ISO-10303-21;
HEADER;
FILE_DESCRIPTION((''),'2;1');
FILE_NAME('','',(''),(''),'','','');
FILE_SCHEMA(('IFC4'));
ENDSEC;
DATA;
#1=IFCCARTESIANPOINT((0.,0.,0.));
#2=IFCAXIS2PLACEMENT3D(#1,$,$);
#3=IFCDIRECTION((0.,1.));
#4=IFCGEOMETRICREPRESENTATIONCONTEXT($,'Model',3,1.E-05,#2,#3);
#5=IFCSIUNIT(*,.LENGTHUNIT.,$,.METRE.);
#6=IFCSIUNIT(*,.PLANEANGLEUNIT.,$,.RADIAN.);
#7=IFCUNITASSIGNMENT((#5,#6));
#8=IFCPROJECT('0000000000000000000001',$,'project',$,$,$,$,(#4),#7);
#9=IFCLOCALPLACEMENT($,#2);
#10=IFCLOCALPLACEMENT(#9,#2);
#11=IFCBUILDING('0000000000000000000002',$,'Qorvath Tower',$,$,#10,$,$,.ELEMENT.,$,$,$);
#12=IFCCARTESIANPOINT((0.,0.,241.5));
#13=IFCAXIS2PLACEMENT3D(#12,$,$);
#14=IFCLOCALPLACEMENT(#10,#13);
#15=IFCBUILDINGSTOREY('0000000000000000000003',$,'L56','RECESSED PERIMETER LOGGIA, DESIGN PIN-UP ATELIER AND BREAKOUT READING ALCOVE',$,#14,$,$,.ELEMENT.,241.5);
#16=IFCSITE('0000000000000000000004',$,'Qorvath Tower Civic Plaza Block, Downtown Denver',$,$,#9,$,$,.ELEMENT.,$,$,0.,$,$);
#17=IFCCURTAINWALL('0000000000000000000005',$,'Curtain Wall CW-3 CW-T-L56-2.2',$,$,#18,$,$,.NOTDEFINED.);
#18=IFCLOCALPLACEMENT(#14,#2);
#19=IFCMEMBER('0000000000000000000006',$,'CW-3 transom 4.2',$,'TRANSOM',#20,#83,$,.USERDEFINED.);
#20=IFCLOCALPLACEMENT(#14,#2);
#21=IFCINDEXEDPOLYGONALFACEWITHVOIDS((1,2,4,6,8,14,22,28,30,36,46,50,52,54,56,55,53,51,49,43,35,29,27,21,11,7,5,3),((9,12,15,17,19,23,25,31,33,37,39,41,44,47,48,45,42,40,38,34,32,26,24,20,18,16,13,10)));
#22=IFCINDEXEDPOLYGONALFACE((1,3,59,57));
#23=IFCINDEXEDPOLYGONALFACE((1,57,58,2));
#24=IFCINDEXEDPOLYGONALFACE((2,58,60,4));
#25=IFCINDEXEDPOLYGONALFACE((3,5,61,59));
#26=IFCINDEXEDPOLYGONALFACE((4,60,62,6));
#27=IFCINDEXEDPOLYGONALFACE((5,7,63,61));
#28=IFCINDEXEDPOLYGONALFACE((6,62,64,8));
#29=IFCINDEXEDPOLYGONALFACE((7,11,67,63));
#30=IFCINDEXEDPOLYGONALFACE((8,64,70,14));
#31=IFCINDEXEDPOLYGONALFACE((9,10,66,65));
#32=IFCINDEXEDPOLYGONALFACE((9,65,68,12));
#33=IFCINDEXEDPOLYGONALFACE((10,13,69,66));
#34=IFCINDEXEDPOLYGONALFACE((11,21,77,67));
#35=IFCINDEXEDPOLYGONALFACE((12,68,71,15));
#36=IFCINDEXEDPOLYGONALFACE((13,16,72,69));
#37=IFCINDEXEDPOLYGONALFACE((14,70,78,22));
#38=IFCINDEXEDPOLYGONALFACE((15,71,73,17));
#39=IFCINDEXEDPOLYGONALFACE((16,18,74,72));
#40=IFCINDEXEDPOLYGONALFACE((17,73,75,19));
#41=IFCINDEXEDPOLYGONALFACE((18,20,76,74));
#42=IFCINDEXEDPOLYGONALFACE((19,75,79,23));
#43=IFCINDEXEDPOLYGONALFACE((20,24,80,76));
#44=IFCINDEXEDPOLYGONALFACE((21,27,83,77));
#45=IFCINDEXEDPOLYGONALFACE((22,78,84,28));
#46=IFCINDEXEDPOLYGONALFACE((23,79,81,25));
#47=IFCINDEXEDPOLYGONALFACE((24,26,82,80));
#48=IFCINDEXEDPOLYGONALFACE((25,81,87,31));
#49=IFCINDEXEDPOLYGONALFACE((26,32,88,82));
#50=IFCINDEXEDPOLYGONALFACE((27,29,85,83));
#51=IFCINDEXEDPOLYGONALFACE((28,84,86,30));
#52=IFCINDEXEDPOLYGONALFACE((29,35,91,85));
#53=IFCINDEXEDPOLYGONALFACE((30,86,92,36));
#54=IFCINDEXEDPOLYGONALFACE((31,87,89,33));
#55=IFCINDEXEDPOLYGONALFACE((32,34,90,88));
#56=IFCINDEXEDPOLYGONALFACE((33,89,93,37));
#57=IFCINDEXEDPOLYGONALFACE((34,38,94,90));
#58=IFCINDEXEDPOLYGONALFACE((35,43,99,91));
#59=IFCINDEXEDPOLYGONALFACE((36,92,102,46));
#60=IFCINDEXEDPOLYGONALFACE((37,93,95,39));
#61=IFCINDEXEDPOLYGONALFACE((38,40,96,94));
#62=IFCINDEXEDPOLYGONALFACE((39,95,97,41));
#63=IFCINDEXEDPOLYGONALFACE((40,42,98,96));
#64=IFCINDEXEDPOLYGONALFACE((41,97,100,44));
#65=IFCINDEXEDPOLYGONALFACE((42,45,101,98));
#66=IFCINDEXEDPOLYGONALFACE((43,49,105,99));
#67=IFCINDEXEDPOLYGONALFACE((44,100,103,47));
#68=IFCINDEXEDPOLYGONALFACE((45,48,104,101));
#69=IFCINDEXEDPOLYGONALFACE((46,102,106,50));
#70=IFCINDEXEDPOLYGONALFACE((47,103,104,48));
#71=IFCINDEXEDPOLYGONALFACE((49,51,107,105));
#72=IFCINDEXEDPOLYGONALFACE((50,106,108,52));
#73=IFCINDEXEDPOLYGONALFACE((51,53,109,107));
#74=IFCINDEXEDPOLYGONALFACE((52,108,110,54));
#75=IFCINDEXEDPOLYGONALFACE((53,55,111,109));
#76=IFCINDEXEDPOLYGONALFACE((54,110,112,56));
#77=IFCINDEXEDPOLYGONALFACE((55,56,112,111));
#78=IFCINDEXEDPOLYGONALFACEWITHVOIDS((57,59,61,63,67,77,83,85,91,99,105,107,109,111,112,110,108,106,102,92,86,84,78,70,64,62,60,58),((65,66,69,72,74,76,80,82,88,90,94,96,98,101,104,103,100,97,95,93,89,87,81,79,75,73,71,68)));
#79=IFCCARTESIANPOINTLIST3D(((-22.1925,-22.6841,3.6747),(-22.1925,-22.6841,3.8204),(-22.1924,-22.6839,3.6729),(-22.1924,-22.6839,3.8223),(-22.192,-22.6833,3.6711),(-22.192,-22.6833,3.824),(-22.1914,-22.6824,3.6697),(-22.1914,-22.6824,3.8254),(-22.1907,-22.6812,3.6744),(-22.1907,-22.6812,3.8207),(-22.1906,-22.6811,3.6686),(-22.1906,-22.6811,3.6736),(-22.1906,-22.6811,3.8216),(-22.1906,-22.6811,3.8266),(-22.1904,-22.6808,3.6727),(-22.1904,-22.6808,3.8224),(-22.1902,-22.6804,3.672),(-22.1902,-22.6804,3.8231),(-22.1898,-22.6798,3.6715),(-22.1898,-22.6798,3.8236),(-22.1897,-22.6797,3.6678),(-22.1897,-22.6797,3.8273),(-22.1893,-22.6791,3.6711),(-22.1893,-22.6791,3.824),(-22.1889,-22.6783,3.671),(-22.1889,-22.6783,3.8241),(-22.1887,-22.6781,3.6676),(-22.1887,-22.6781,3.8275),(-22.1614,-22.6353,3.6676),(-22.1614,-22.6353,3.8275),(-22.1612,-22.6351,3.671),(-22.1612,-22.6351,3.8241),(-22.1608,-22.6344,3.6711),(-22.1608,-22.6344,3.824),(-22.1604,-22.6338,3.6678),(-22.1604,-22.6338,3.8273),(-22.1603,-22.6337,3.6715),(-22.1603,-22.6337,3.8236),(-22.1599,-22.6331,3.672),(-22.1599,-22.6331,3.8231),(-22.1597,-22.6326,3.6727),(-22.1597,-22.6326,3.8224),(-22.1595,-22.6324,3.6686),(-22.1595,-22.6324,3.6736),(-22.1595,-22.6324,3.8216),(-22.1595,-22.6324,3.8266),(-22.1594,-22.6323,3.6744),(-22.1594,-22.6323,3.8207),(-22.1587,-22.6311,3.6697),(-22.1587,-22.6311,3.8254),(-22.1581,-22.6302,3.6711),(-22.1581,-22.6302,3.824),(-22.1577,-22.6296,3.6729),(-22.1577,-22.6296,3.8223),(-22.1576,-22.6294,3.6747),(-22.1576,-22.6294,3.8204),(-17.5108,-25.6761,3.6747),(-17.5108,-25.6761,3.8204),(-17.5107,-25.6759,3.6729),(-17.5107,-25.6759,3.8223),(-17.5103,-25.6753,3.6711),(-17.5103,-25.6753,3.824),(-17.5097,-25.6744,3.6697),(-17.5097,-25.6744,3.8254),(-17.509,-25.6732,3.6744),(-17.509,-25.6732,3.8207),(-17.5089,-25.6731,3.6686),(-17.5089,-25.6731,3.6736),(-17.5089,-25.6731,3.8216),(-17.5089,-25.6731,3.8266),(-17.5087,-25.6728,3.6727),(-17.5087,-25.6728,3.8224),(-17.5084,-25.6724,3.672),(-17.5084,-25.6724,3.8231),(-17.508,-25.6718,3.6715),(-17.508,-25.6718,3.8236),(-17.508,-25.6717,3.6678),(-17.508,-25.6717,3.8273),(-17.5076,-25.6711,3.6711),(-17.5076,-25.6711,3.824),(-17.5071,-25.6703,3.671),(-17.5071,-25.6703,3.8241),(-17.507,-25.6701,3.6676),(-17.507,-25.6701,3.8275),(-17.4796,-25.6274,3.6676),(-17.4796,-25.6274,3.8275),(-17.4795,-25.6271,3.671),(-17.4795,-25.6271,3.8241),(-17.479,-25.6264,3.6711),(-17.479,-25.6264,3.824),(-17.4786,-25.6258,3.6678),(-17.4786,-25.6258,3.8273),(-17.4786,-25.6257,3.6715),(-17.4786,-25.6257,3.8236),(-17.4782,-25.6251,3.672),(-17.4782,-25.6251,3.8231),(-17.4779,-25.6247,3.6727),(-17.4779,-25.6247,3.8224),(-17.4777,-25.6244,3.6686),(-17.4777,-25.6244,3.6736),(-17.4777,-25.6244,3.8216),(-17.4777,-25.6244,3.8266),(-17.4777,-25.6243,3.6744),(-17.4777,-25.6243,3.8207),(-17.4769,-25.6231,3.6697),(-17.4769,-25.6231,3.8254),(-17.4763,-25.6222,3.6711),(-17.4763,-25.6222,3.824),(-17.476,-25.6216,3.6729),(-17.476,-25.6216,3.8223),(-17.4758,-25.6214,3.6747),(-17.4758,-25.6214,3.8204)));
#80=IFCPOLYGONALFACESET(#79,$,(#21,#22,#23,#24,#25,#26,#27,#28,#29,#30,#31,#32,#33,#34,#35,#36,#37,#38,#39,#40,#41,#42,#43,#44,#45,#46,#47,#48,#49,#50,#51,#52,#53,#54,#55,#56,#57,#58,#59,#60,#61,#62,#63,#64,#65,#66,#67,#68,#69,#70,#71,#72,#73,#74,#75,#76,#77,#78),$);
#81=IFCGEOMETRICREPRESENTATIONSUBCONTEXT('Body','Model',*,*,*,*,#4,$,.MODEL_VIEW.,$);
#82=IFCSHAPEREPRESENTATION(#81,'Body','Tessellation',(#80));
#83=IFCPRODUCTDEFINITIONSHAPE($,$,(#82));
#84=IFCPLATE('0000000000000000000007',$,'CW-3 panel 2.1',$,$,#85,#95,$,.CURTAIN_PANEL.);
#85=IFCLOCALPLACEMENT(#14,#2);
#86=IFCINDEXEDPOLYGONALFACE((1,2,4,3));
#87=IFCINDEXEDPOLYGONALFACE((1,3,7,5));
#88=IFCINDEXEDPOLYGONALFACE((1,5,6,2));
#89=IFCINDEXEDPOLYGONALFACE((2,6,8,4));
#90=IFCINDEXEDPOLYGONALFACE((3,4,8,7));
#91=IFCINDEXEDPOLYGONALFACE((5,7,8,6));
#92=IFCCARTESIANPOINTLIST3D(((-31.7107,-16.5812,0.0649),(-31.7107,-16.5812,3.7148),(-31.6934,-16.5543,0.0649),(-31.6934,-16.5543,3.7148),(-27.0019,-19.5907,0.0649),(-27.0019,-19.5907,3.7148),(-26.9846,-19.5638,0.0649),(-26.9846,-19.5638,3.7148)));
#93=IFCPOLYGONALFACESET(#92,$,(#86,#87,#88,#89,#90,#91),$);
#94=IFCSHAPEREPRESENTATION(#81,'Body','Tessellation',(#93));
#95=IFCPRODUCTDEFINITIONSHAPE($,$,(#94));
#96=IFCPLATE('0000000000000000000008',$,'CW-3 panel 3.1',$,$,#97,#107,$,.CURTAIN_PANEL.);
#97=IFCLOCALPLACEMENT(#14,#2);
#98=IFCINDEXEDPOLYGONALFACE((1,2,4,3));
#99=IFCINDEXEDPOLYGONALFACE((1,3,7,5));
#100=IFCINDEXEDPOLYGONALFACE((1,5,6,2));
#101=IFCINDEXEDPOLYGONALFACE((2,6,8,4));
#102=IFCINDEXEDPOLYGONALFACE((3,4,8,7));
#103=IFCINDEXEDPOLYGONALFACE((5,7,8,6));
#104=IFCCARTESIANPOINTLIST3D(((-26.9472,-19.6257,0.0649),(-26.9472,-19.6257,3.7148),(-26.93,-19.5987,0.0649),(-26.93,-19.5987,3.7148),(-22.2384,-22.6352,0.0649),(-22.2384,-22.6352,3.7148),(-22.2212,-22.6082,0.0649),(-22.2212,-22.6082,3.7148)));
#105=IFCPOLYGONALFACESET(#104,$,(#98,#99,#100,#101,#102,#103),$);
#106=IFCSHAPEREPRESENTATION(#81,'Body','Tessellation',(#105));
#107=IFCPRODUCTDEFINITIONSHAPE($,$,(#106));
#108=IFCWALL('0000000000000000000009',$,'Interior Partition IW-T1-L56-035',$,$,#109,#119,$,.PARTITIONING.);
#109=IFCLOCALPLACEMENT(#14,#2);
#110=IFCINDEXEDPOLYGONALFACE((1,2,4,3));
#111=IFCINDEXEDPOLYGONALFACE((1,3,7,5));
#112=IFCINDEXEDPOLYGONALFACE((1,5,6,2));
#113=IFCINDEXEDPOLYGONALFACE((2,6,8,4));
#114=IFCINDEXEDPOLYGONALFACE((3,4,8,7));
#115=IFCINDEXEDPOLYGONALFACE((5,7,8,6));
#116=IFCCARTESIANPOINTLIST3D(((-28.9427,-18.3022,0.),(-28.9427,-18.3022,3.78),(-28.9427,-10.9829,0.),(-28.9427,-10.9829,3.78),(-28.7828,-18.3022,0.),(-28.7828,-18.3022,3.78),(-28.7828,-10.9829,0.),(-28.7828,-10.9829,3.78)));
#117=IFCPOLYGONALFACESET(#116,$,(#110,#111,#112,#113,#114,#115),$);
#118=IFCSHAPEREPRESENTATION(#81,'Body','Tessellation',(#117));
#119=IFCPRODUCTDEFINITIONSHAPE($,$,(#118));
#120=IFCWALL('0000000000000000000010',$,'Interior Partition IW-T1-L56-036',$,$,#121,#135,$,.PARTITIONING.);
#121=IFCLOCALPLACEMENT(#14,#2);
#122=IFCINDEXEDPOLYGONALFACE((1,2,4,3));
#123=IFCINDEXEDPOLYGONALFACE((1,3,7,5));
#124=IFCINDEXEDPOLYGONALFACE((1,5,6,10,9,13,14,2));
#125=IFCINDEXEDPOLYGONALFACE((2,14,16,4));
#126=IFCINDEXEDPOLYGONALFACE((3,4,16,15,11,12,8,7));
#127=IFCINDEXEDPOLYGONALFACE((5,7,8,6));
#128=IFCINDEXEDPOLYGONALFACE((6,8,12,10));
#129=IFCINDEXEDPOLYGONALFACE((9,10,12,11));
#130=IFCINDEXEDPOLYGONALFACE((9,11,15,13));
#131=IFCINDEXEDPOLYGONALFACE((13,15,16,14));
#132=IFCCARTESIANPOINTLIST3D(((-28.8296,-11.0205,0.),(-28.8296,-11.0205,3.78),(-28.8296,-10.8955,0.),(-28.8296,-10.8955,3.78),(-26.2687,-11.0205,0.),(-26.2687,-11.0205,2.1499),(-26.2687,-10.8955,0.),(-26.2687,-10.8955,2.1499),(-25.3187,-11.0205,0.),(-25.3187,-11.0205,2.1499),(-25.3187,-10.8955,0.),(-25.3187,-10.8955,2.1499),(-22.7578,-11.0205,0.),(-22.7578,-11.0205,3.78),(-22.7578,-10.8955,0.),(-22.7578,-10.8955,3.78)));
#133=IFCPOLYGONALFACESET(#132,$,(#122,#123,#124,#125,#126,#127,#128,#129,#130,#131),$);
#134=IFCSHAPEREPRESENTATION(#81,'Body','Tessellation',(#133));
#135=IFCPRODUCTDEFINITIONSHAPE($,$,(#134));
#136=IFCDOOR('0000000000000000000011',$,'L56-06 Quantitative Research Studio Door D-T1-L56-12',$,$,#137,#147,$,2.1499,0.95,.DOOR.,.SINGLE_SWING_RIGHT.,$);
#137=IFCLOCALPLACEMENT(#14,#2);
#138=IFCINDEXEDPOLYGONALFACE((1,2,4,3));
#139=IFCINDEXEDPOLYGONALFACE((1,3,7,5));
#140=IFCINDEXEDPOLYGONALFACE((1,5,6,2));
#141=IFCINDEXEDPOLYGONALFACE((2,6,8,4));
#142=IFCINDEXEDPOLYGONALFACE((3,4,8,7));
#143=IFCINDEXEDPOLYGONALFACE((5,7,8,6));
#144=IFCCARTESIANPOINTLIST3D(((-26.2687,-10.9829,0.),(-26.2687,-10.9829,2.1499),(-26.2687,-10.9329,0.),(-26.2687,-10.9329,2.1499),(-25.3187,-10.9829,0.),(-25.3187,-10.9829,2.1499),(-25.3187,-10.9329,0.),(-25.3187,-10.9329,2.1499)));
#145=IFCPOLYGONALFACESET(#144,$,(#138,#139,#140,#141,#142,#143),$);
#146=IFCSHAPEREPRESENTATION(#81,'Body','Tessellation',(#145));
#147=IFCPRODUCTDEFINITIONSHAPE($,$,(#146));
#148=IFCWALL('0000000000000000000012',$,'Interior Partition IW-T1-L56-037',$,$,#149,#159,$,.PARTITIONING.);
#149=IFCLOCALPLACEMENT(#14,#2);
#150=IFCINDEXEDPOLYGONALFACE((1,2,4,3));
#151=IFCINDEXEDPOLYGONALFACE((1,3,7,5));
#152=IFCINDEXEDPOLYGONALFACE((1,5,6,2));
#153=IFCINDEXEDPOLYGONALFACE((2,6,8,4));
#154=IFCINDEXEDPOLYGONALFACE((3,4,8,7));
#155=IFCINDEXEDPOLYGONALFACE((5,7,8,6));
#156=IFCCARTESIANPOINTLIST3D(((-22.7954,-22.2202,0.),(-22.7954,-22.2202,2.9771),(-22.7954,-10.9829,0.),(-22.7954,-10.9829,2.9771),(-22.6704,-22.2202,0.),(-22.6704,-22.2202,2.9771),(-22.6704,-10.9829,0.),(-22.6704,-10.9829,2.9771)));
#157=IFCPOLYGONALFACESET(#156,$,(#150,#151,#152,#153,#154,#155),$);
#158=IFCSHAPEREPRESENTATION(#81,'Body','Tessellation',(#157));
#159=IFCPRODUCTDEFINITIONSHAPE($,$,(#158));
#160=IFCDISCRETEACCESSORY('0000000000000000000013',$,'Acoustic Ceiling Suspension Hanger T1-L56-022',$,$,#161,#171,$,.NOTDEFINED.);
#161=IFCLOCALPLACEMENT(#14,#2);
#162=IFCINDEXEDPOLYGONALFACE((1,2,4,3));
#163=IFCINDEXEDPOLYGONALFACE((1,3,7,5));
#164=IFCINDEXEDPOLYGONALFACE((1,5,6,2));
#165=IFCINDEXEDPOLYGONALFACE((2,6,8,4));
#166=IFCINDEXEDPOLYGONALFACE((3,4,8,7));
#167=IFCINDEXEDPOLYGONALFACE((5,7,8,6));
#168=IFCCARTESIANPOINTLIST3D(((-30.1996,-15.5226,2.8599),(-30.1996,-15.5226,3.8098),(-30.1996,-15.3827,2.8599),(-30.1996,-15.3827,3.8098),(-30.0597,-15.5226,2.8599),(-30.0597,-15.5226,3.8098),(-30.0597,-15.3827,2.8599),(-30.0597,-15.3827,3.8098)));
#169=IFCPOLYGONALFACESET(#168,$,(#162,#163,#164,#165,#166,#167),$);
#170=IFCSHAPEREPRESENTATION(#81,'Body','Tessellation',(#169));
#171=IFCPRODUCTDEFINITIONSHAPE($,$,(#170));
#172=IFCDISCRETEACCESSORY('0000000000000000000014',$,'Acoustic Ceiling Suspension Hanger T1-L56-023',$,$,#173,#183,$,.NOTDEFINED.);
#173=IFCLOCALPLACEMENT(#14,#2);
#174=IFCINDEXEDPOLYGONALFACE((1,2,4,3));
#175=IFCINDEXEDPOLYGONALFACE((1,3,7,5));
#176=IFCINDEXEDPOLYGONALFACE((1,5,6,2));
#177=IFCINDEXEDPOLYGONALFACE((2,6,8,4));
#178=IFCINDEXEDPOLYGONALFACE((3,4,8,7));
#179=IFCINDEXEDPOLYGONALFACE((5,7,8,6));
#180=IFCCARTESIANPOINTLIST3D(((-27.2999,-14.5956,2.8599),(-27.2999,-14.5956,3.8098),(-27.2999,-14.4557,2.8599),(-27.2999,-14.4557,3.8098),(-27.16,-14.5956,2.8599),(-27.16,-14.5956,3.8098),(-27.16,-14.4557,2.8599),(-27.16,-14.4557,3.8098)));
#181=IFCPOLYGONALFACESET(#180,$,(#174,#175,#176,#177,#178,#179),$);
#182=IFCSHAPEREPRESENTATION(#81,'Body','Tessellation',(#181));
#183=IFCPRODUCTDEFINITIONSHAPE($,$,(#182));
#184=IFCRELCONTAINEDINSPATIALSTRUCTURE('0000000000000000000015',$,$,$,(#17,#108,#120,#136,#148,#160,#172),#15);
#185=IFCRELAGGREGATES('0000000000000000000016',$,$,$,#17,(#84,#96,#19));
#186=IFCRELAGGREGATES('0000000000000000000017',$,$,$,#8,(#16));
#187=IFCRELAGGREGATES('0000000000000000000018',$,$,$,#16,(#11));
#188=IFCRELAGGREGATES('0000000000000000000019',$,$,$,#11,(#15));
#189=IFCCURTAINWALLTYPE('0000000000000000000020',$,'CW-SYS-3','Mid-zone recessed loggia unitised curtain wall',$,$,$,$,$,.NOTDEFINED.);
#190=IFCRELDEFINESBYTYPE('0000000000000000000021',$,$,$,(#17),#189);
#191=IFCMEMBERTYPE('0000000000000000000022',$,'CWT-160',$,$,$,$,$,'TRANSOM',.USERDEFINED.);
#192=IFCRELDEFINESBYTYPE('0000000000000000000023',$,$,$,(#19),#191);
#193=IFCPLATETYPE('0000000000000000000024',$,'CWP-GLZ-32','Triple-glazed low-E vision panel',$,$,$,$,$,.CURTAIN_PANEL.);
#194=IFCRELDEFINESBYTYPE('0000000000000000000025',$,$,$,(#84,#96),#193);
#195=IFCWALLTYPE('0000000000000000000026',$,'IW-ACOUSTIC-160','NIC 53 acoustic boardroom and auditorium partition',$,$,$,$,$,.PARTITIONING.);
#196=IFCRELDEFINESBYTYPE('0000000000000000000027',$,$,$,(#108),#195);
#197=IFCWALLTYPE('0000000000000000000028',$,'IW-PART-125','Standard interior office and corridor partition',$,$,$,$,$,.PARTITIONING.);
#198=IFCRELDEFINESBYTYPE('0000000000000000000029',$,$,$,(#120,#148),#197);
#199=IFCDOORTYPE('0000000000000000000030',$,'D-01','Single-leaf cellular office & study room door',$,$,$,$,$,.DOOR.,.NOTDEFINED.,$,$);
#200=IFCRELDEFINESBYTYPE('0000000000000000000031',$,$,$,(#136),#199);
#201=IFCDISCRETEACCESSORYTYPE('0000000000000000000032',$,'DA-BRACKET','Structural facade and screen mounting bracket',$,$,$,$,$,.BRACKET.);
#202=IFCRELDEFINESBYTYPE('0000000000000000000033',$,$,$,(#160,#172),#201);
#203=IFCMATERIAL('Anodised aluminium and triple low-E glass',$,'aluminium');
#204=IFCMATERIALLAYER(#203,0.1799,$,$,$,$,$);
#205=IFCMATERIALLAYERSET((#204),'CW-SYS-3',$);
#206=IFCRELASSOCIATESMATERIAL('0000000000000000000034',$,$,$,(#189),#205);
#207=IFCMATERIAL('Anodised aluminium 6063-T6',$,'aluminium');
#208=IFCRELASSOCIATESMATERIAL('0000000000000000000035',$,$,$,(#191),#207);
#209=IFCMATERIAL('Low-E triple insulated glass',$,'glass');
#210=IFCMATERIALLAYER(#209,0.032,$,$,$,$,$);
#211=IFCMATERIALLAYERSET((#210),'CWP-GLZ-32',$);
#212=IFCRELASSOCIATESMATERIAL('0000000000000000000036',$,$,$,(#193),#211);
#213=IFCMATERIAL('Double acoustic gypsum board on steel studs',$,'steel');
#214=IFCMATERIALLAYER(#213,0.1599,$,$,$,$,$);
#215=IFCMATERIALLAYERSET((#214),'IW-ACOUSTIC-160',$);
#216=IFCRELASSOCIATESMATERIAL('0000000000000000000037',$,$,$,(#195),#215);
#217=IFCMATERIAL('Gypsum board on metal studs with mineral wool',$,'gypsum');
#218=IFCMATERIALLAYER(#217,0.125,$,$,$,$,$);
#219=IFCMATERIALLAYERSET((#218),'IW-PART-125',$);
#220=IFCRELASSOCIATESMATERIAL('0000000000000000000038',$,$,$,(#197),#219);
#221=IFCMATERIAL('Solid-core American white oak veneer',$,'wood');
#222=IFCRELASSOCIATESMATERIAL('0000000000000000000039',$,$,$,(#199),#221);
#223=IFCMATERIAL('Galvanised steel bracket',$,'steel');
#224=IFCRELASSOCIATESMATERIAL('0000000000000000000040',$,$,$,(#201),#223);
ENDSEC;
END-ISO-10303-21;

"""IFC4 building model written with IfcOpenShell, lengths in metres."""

from ifc_helpers import new_model, si_unit, direction, frame, frame_2d, origin, origin_2d, place, context, subcontext, project, spatial, rectangle, hollow_rectangle, extrude, material, layer, layer_set, material_profile, profile_set, type_object, element, fill, aggregate, save


model = new_model("IFC4")

# Units and contexts
model_context = context("Model", 3, precision=1e-05, world=origin(), true_north=direction((0.0, 1.0)))
body_context = subcontext(model_context, "Body", "Model", "MODEL_VIEW")
ifc_project = project(units=[si_unit("LENGTHUNIT", "METRE"), si_unit("PLANEANGLEUNIT", "RADIAN")], contexts=[model_context])

# Site, building, storey
site_placement = place(None, origin())
site = spatial("IfcSite", under=ifc_project, at=site_placement, Name="Qorvath Tower Civic Plaza Block, Downtown Denver", CompositionType="ELEMENT", RefElevation=0.0)
building_placement = place(site_placement, origin())
building = spatial("IfcBuilding", under=site, at=building_placement, Name="Qorvath Tower", CompositionType="ELEMENT")
storey_placement = place(building_placement, frame((0.0, 0.0, 241.5)))
storey = spatial("IfcBuildingStorey", under=building, at=storey_placement, Name="L56", Description="RECESSED PERIMETER LOGGIA, DESIGN PIN-UP ATELIER AND BREAKOUT READING ALCOVE", CompositionType="ELEMENT", Elevation=241.5)

# Curtain wall, member, plates
ifc_material_1 = material(Name="Anodised aluminium and triple low-E glass", Category="aluminium")
ifc_layer_1 = layer(ifc_material_1, 0.1799)
ifc_layer_set_1 = layer_set([ifc_layer_1], Name="CW-SYS-3")
curtain_wall_type = type_object("IfcCurtainWallType", Name="CW-SYS-3", Description="Mid-zone recessed loggia unitised curtain wall", PredefinedType="NOTDEFINED", material=ifc_layer_set_1)
curtain_wall_placement = place(storey_placement, origin())
curtain_wall = element("IfcCurtainWall", 1, at=curtain_wall_placement, inside=storey, type_object=curtain_wall_type, Name="Curtain Wall CW-3 CW-T-L56-2.2", PredefinedType="NOTDEFINED")
ifc_material_2 = material(Name="Anodised aluminium 6063-T6", Category="aluminium")
ifc_material_profile_1 = material_profile(ifc_material_2, hollow_rectangle(XDim=0.0649, YDim=0.1599, WallThickness=0.0034, InnerFilletRadius=0.0034, OuterFilletRadius=0.0071, at=origin_2d()), Name="CWT 160x65")
ifc_profile_set_1 = profile_set([ifc_material_profile_1], Name="Anodised aluminium 6063-T6")
member_type_1 = type_object("IfcMemberType", Name="CWT-160", ElementType="TRANSOM", PredefinedType="USERDEFINED", material=ifc_profile_set_1)
member_1_placement = place(storey_placement, frame((-22.175, -22.6567, 3.7476), z_axis=(0.842623, -0.538504, 0.0), x_axis=(0.538504, 0.842623, 0.0)))
member_1 = element("IfcMember", 2, at=member_1_placement, type_object=member_type_1, Name="CW-3 transom 4.2", ObjectType="TRANSOM", PredefinedType="USERDEFINED", context=body_context, shape_type="SweptSolid", body=[
    extrude(hollow_rectangle(XDim=0.0649, YDim=0.1599, WallThickness=0.0034, InnerFilletRadius=0.0034, OuterFilletRadius=0.0071, at=origin_2d()), origin(), (0.0, 0.0, 1.0), 5.5562),
])
ifc_material_3 = material(Name="Low-E triple insulated glass", Category="glass")
ifc_layer_2 = layer(ifc_material_3, 0.032)
ifc_layer_set_2 = layer_set([ifc_layer_2], Name="CWP-GLZ-32")
plate_type = type_object("IfcPlateType", Name="CWP-GLZ-32", Description="Triple-glazed low-E vision panel", PredefinedType="CURTAIN_PANEL", material=ifc_layer_set_2)
plate_1_placement = place(storey_placement, frame((-29.3477, -18.0725, 0.0649), z_axis=(0.0, 0.0, 1.0), x_axis=(0.842606, -0.53853, 0.0)))
plate_1 = element("IfcPlate", 3, at=plate_1_placement, type_object=plate_type, Name="CW-3 panel 2.1", PredefinedType="CURTAIN_PANEL", context=body_context, shape_type="SweptSolid", body=[
    extrude(rectangle(XDim=5.5884, YDim=0.032, at=origin_2d()), origin(), (0.0, 0.0, 1.0), 3.6499),
])
plate_2_placement = place(storey_placement, frame((-24.5842, -21.1169, 0.0649), z_axis=(0.0, 0.0, 1.0), x_axis=(0.842606, -0.53853, 0.0)))
plate_2 = element("IfcPlate", 4, at=plate_2_placement, type_object=plate_type, Name="CW-3 panel 3.1", PredefinedType="CURTAIN_PANEL", context=body_context, shape_type="SweptSolid", body=[
    extrude(rectangle(XDim=5.5884, YDim=0.032, at=origin_2d()), origin(), (0.0, 0.0, 1.0), 3.6499),
])
aggregate(curtain_wall, [plate_1, plate_2, member_1])

# Shared definitions
ifc_material_4 = material(Name="Double acoustic gypsum board on steel studs", Category="steel")
ifc_layer_3 = layer(ifc_material_4, 0.1599)
ifc_layer_set_3 = layer_set([ifc_layer_3], Name="IW-ACOUSTIC-160")
wall_type_1 = type_object("IfcWallType", Name="IW-ACOUSTIC-160", Description="NIC 53 acoustic boardroom and auditorium partition", PredefinedType="PARTITIONING", material=ifc_layer_set_3)

# Wall
wall_1_placement = place(storey_placement, frame((-28.8628, -18.3022, 0.0), z_axis=(0.0, 0.0, 1.0), x_axis=(0.0, 1.0, 0.0)))
element("IfcWall", 5, at=wall_1_placement, inside=storey, type_object=wall_type_1, Name="Interior Partition IW-T1-L56-035", PredefinedType="PARTITIONING", context=body_context, shape_type="SweptSolid", body=[
    extrude(rectangle(XDim=7.3193, YDim=0.1599, at=frame_2d((3.6597, 0.0))), origin(), (0.0, 0.0, 1.0), 3.78),
])

# Wall, opening, door
ifc_material_5 = material(Name="Gypsum board on metal studs with mineral wool", Category="gypsum")
ifc_layer_4 = layer(ifc_material_5, 0.125)
ifc_layer_set_4 = layer_set([ifc_layer_4], Name="IW-PART-125")
wall_type_2 = type_object("IfcWallType", Name="IW-PART-125", Description="Standard interior office and corridor partition", PredefinedType="PARTITIONING", material=ifc_layer_set_4)
wall_2_placement = place(storey_placement, frame((-22.7578, -10.958, 0.0), z_axis=(0.0, 0.0, 1.0), x_axis=(-1.0, 0.0, 0.0)))
wall_2 = element("IfcWall", 6, at=wall_2_placement, inside=storey, type_object=wall_type_2, Name="Interior Partition IW-T1-L56-036", PredefinedType="PARTITIONING", context=body_context, shape_type="SweptSolid", body=[
    extrude(rectangle(XDim=6.0718, YDim=0.125, at=frame_2d((3.0359, 0.0))), origin(), (0.0, 0.0, 1.0), 3.78),
])
opening_1_placement = place(wall_2_placement, frame((2.5608, 0.0, 0.0)))
opening_1 = element("IfcOpeningElement", 7, at=opening_1_placement, cuts=wall_2, PredefinedType="OPENING", context=body_context, shape_type="SweptSolid", body=[
    extrude(rectangle(XDim=0.95, YDim=2.1499, at=frame_2d((0.4751, 1.075))), frame((0.0, 0.0725, 0.0), z_axis=(0.0, -1.0, 0.0), x_axis=(1.0, 0.0, 0.0)), (0.0, 0.0, 1.0), 0.145),
])
ifc_material_6 = material(Name="Solid-core American white oak veneer", Category="wood")
door_type_1 = type_object("IfcDoorType", Name="D-01", Description="Single-leaf cellular office & study room door", OperationType="NOTDEFINED", PredefinedType="DOOR", material=ifc_material_6)
door_1_placement = place(opening_1_placement, origin())
door_1 = element("IfcDoor", 8, at=door_1_placement, inside=storey, type_object=door_type_1, Name="L56-06 Quantitative Research Studio Door D-T1-L56-12", OperationType="SINGLE_SWING_RIGHT", OverallHeight=2.1499, OverallWidth=0.95, PredefinedType="DOOR", context=body_context, shape_type="SweptSolid", body=[
    extrude(rectangle(XDim=0.95, YDim=2.1499, at=frame_2d((0.4751, 1.075))), frame((0.0, 0.0249, 0.0), z_axis=(0.0, -1.0, 0.0), x_axis=(1.0, 0.0, 0.0)), (0.0, 0.0, 1.0), 0.05),
])
fill(opening_1, door_1)

# Wall
wall_3_placement = place(storey_placement, frame((-22.7329, -22.2202, 0.0), z_axis=(0.0, 0.0, 1.0), x_axis=(0.0, 1.0, 0.0)))
element("IfcWall", 9, at=wall_3_placement, inside=storey, type_object=wall_type_2, Name="Interior Partition IW-T1-L56-037", PredefinedType="PARTITIONING", context=body_context, shape_type="SweptSolid", body=[
    extrude(rectangle(XDim=11.2373, YDim=0.125, at=frame_2d((5.6187, 0.0))), origin(), (0.0, 0.0, 1.0), 2.9771),
])

# Discrete accessories
ifc_material_7 = material(Name="Galvanised steel bracket", Category="steel")
discrete_accessory_type = type_object("IfcDiscreteAccessoryType", Name="DA-BRACKET", Description="Structural facade and screen mounting bracket", PredefinedType="BRACKET", material=ifc_material_7)
for number, where, z_axis, x_axis, name in (
    (10, (-30.1296, -15.4526, 2.8599), (0.0, 0.0, 1.0), (1.0, 0.0, 0.0), "Acoustic Ceiling Suspension Hanger T1-L56-022"),
    (11, (-27.23, -14.5256, 2.8599), (0.0, 0.0, 1.0), (1.0, 0.0, 0.0), "Acoustic Ceiling Suspension Hanger T1-L56-023"),
):
    element("IfcDiscreteAccessory", number, at=place(storey_placement, frame(where, z_axis=z_axis, x_axis=x_axis)), inside=storey, type_object=discrete_accessory_type, Name=name, PredefinedType="NOTDEFINED", context=body_context, shape_type="SweptSolid", body=[
        extrude(rectangle(XDim=0.1399, YDim=0.1399, at=origin_2d()), origin(), (0.0, 0.0, 1.0), 0.95),
    ])

save(model, "model.ifc")
